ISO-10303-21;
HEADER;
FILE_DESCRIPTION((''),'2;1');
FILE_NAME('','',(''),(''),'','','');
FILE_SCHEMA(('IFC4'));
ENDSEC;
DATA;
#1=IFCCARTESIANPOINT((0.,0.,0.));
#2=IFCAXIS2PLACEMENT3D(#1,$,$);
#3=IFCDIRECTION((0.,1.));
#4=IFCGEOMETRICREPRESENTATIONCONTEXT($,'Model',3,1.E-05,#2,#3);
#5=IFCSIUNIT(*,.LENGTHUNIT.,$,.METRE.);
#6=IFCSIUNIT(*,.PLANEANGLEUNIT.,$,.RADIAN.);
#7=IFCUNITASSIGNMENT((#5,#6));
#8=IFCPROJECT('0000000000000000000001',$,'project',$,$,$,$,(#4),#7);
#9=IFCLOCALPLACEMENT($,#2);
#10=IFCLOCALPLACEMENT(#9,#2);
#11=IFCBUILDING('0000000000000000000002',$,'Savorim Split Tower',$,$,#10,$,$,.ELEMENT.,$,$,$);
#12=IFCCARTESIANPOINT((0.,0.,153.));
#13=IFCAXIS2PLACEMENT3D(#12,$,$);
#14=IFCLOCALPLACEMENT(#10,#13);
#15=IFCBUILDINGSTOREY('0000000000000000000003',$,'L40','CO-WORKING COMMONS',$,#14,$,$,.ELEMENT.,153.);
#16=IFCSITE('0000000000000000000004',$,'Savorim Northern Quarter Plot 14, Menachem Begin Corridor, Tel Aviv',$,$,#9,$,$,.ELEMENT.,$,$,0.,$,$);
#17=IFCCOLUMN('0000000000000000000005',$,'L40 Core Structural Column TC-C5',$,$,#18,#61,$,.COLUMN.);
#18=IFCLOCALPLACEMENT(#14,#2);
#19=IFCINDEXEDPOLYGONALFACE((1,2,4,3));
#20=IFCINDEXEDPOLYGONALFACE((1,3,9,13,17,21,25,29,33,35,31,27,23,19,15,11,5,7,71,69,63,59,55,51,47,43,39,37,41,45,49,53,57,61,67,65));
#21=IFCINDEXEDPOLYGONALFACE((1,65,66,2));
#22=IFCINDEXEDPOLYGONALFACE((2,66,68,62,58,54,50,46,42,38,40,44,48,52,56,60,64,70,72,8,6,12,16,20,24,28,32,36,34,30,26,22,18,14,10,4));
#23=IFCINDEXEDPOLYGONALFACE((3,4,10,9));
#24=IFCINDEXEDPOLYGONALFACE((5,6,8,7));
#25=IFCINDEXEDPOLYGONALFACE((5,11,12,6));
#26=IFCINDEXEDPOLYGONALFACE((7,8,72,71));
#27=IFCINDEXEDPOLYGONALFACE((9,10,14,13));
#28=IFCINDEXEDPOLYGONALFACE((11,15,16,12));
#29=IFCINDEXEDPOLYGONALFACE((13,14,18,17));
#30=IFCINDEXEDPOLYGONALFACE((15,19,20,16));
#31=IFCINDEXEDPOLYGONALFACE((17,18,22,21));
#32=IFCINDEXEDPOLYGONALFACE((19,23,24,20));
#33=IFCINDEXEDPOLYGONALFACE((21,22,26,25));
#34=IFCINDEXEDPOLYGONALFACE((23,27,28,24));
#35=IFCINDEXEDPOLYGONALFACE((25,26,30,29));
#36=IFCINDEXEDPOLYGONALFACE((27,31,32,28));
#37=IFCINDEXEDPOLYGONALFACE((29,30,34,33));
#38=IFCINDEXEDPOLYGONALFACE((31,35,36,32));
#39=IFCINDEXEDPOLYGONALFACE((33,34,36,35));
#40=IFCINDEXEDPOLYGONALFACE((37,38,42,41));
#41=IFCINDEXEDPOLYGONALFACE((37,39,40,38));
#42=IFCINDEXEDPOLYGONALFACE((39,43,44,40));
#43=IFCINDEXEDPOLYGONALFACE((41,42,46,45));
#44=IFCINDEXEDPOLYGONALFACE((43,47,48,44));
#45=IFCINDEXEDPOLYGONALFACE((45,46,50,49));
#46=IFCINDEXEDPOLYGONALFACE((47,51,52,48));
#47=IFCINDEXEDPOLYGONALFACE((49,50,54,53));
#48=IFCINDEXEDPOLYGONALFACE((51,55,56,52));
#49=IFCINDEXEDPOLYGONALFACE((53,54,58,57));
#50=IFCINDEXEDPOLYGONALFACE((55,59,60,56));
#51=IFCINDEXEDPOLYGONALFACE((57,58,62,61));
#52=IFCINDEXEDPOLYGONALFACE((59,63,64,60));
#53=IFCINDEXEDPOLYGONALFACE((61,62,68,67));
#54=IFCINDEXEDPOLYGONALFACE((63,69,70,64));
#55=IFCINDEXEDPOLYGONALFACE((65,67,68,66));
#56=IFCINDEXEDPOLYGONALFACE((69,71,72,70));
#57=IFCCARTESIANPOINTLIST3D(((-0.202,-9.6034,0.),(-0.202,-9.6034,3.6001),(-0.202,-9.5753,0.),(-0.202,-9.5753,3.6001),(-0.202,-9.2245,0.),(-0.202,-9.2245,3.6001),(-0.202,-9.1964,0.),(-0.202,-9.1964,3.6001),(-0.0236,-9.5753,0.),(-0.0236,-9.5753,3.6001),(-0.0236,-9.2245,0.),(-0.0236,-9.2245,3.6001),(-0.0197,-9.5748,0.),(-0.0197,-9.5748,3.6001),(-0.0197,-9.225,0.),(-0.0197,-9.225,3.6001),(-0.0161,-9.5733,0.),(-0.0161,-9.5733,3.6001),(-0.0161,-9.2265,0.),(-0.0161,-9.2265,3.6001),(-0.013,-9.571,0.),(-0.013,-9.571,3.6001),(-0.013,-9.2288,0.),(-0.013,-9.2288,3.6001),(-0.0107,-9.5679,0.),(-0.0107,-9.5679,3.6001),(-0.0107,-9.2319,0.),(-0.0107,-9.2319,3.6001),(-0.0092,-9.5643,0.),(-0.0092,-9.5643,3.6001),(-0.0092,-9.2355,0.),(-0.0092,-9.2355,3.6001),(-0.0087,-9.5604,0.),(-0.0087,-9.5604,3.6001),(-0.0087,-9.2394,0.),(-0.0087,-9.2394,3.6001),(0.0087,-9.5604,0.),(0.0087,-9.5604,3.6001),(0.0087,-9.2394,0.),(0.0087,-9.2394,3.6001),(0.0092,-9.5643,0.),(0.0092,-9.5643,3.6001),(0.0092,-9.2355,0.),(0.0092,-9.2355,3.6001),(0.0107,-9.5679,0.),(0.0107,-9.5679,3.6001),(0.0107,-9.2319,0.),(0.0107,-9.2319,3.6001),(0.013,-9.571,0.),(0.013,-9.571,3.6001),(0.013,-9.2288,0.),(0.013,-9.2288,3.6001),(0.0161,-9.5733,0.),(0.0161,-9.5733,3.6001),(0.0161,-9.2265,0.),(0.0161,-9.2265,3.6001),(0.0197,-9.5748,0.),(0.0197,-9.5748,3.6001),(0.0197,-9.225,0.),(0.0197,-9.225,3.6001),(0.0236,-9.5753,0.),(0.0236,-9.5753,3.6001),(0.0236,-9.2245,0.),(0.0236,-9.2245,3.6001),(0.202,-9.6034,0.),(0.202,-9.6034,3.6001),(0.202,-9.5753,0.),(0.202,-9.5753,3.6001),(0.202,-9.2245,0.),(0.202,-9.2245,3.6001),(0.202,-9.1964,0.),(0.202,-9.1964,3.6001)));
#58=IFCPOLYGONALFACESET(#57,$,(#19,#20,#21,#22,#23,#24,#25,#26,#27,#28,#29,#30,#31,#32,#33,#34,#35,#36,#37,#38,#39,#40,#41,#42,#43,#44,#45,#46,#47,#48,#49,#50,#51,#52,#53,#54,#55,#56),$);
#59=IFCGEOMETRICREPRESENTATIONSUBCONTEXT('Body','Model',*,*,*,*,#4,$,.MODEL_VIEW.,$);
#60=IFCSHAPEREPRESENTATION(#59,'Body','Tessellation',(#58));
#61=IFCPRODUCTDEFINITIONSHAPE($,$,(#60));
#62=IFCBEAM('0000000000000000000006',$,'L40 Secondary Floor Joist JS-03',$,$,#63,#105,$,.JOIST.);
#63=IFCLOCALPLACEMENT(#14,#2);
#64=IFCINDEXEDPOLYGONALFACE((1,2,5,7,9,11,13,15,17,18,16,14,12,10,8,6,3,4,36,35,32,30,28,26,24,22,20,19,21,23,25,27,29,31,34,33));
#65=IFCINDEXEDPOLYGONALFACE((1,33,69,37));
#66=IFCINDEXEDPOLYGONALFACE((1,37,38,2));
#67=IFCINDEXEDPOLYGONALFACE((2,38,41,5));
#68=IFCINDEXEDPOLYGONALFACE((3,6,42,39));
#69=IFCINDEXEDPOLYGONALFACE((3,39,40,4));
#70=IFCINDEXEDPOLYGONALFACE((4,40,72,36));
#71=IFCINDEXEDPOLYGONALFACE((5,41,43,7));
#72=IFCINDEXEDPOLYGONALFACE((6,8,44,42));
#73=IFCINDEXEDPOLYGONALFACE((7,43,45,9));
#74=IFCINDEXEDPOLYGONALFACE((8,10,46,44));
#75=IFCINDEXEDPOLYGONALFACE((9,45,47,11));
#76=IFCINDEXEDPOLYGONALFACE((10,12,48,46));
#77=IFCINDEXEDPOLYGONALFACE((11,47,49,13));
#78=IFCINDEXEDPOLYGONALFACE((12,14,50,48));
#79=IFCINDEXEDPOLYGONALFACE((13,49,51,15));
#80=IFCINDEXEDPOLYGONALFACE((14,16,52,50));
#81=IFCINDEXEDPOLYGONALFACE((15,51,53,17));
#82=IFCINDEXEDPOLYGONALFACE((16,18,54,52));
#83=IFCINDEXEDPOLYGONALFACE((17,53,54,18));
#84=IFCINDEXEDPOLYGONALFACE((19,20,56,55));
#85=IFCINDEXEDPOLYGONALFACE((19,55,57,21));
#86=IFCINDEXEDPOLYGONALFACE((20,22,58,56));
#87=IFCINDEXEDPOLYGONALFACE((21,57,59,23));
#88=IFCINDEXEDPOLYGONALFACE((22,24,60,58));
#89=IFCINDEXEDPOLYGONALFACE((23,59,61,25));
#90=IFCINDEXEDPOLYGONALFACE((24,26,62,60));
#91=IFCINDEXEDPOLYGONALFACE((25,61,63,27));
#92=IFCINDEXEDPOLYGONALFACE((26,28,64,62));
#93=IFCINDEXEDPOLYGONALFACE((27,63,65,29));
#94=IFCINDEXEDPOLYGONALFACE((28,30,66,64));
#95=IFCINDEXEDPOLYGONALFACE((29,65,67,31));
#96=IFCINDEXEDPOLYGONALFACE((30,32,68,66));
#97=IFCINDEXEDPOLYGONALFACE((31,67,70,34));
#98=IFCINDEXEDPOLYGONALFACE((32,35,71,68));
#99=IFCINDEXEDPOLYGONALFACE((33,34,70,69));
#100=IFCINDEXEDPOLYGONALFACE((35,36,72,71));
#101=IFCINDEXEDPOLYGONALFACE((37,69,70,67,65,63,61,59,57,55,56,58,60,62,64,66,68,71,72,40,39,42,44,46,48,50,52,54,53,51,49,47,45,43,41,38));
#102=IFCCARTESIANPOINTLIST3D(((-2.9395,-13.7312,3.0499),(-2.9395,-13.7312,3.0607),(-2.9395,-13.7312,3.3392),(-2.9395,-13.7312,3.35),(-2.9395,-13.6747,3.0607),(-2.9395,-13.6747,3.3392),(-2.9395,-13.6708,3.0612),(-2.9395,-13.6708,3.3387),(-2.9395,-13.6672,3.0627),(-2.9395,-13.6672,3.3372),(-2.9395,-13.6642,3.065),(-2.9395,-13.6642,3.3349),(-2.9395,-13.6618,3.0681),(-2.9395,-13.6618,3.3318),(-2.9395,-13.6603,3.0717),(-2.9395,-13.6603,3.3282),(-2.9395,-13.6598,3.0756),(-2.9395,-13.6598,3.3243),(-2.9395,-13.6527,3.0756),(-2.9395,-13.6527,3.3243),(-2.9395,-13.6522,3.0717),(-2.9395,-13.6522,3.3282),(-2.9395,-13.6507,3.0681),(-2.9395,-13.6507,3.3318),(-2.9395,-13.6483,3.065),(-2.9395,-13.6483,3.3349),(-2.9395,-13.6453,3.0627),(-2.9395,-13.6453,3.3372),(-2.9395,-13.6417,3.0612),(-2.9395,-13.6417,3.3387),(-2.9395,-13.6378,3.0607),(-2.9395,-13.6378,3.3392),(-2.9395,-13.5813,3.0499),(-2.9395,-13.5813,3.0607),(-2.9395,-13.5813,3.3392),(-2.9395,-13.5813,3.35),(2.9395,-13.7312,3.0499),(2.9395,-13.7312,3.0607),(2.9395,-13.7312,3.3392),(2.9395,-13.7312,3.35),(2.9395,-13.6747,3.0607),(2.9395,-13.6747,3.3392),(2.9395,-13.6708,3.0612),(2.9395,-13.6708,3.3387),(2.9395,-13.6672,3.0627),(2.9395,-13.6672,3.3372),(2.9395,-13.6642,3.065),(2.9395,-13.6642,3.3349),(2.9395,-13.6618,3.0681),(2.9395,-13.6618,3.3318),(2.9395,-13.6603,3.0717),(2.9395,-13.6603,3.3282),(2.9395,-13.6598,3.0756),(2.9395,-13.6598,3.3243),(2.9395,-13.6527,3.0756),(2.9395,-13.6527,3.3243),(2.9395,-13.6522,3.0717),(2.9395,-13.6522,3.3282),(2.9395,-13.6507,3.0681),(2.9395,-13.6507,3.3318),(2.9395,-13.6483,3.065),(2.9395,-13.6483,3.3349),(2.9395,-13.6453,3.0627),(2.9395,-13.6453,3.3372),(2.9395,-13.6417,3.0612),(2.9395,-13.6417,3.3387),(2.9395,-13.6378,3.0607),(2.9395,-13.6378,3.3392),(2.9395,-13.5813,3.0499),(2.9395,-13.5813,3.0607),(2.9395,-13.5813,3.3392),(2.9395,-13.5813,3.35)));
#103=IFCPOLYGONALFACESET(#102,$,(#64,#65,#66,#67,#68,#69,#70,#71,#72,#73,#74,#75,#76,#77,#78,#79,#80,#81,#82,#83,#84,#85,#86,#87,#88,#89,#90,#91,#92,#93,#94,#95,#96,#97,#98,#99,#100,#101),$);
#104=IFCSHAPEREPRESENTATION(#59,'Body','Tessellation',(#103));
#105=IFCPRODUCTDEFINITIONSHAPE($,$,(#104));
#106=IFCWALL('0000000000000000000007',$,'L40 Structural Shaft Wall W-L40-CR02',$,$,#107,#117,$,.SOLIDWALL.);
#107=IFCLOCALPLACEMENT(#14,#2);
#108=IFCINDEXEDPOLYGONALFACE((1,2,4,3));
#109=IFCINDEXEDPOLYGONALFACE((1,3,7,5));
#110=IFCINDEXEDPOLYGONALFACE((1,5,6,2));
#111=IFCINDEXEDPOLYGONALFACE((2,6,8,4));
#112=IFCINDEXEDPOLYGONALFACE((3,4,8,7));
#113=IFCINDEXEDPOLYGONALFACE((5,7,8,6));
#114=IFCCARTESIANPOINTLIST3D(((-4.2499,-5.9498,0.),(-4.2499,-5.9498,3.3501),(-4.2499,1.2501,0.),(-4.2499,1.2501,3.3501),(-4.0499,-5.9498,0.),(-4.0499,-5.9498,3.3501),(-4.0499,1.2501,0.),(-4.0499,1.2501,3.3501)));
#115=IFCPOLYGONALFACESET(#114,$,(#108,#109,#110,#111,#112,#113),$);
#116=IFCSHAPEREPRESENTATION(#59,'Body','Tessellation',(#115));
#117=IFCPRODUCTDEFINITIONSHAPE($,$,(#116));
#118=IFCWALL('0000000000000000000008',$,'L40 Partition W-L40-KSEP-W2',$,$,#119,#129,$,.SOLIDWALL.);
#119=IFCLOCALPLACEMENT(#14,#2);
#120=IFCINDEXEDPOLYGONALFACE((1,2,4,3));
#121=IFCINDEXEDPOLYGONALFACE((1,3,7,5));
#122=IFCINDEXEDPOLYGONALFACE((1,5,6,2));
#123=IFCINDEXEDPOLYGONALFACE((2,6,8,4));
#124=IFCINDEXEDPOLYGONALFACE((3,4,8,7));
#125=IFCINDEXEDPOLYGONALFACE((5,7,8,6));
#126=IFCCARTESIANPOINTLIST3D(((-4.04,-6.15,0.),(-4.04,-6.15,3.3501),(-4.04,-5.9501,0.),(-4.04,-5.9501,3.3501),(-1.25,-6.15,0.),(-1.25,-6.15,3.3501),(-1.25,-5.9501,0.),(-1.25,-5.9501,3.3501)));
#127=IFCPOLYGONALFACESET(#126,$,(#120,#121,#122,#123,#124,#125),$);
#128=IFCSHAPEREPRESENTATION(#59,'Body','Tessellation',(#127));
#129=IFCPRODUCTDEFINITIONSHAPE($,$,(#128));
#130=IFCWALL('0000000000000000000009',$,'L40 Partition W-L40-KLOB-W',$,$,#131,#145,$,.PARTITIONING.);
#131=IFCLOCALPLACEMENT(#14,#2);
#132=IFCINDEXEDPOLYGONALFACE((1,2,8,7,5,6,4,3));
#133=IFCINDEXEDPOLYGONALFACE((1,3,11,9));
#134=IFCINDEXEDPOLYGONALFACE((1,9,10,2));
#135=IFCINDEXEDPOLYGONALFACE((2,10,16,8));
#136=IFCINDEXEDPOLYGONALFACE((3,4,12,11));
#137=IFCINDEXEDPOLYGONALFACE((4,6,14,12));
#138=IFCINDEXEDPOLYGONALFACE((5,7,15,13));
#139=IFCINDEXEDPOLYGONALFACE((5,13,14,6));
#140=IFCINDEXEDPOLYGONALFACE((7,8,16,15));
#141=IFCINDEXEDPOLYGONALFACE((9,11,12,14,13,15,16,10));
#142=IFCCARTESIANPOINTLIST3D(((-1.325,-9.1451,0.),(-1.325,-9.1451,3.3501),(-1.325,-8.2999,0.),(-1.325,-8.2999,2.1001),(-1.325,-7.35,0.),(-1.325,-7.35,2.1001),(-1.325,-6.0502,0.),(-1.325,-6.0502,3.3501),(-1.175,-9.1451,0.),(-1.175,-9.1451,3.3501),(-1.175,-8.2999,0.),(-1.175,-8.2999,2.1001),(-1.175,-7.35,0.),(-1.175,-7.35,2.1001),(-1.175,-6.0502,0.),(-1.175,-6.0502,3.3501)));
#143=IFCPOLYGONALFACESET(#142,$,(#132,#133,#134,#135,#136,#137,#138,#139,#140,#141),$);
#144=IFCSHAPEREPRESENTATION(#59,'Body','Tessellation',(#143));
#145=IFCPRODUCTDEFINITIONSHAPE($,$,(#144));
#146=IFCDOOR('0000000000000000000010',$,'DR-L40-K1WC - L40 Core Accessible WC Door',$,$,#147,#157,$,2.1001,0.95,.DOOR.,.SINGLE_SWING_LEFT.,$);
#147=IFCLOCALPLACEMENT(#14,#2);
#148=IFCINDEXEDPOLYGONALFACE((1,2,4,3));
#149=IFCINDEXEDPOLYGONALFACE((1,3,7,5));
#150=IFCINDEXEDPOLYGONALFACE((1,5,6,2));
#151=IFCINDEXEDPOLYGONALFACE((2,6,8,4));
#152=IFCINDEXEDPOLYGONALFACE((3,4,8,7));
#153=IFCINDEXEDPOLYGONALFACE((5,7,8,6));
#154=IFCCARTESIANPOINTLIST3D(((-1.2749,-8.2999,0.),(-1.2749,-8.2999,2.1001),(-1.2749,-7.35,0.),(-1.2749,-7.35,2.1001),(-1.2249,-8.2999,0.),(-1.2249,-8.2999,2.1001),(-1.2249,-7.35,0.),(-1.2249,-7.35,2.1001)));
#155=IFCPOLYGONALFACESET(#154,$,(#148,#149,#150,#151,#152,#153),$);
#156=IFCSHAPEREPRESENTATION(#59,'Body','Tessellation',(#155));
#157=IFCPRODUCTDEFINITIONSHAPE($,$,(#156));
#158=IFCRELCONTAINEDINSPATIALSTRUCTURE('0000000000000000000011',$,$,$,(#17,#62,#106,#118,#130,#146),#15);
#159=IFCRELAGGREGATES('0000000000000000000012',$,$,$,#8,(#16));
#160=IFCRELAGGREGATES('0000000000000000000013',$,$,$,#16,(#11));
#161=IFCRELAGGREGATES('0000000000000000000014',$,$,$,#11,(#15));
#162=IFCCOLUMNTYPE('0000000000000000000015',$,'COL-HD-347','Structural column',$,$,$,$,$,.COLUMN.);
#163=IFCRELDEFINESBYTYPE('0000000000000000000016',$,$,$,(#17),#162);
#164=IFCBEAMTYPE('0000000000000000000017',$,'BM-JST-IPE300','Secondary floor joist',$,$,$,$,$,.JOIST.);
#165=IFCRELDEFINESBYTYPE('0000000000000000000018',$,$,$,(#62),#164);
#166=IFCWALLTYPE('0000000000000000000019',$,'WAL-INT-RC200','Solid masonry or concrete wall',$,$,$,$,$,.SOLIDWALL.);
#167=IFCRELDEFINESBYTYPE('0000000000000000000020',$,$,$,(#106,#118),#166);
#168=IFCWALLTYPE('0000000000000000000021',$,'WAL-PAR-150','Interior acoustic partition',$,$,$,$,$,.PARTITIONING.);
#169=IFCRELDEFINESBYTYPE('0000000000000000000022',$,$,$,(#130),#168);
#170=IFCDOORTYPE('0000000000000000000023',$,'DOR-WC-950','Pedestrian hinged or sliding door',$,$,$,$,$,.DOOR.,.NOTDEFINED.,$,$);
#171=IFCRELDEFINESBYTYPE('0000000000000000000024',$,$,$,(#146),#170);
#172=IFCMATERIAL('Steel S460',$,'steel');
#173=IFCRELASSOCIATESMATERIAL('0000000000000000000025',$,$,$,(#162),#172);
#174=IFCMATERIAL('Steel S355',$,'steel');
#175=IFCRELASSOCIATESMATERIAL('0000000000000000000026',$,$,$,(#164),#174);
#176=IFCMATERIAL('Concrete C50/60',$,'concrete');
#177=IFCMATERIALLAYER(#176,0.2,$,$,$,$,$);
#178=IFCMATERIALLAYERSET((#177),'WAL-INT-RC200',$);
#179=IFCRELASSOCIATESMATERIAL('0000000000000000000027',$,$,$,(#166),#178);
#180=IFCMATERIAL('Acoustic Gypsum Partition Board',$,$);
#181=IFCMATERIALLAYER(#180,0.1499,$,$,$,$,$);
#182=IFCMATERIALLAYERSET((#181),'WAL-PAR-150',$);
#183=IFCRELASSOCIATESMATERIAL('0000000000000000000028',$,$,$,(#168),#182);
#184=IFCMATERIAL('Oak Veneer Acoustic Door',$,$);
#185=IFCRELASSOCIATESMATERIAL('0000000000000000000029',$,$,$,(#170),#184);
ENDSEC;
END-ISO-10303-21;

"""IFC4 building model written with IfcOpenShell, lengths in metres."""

from ifc_helpers import new_model, si_unit, direction, frame, frame_2d, origin, origin_2d, place, context, subcontext, project, spatial, rectangle, i_section, extrude, material, layer, layer_set, material_profile, profile_set, type_object, element, fill, save


model = new_model("IFC4")

# Units and contexts
model_context = context("Model", 3, precision=1e-05, world=origin(), true_north=direction((0.0, 1.0)))
body_context = subcontext(model_context, "Body", "Model", "MODEL_VIEW")
ifc_project = project(units=[si_unit("LENGTHUNIT", "METRE"), si_unit("PLANEANGLEUNIT", "RADIAN")], contexts=[model_context])

# Site, building, storey
site_placement = place(None, origin())
site = spatial("IfcSite", under=ifc_project, at=site_placement, Name="Savorim Northern Quarter Plot 14, Menachem Begin Corridor, Tel Aviv", CompositionType="ELEMENT", RefElevation=0.0)
building_placement = place(site_placement, origin())
building = spatial("IfcBuilding", under=site, at=building_placement, Name="Savorim Split Tower", CompositionType="ELEMENT")
storey_placement = place(building_placement, frame((0.0, 0.0, 153.0)))
storey = spatial("IfcBuildingStorey", under=building, at=storey_placement, Name="L40", Description="CO-WORKING COMMONS", CompositionType="ELEMENT", Elevation=153.0)

# Column
ifc_material_1 = material(Name="Steel S460", Category="steel")
ifc_material_profile_1 = material_profile(ifc_material_1, i_section(OverallWidth=0.4041, OverallDepth=0.407, WebThickness=0.0173, FlangeThickness=0.0281, FilletRadius=0.0149, at=origin_2d()), Name="HD 400x347")
ifc_profile_set_1 = profile_set([ifc_material_profile_1], Name="Steel S460")
column_type = type_object("IfcColumnType", Name="COL-HD-347", Description="Structural column", PredefinedType="COLUMN", material=ifc_profile_set_1)
column_placement = place(storey_placement, frame((0.0, -9.3999, 0.0), z_axis=(0.0, 0.0, 1.0), x_axis=(1.0, 0.0, 0.0)))
element("IfcColumn", 1, at=column_placement, inside=storey, type_object=column_type, Name="L40 Core Structural Column TC-C5", PredefinedType="COLUMN", context=body_context, shape_type="SweptSolid", body=[
    extrude(i_section(OverallWidth=0.4041, OverallDepth=0.407, WebThickness=0.0173, FlangeThickness=0.0281, FilletRadius=0.0149, at=origin_2d()), origin(), (0.0, 0.0, 1.0), 3.6001),
])

# Beam
ifc_material_2 = material(Name="Steel S355", Category="steel")
ifc_material_profile_2 = material_profile(ifc_material_2, i_section(OverallWidth=0.1499, OverallDepth=0.3, WebThickness=0.0071, FlangeThickness=0.0107, FilletRadius=0.0149, at=origin_2d()), Name="IPE 300")
ifc_profile_set_2 = profile_set([ifc_material_profile_2], Name="Steel S355")
beam_type = type_object("IfcBeamType", Name="BM-JST-IPE300", Description="Secondary floor joist", PredefinedType="JOIST", material=ifc_profile_set_2)
beam_placement = place(storey_placement, frame((-2.9395, -13.6562, 3.2), z_axis=(1.0, 0.0, 0.0), x_axis=(0.0, 1.0, 0.0)))
element("IfcBeam", 2, at=beam_placement, inside=storey, type_object=beam_type, Name="L40 Secondary Floor Joist JS-03", PredefinedType="JOIST", context=body_context, shape_type="SweptSolid", body=[
    extrude(i_section(OverallWidth=0.1499, OverallDepth=0.3, WebThickness=0.0071, FlangeThickness=0.0107, FilletRadius=0.0149, at=origin_2d()), origin(), (0.0, 0.0, 1.0), 5.8789),
])

# Wall
ifc_material_3 = material(Name="Concrete C50/60", Category="concrete")
ifc_layer_1 = layer(ifc_material_3, 0.2)
ifc_layer_set_1 = layer_set([ifc_layer_1], Name="WAL-INT-RC200")
wall_type_1 = type_object("IfcWallType", Name="WAL-INT-RC200", Description="Solid masonry or concrete wall", PredefinedType="SOLIDWALL", material=ifc_layer_set_1)
wall_1_placement = place(storey_placement, frame((-4.1499, -5.95, 0.0), z_axis=(0.0, 0.0, 1.0), x_axis=(0.0, 1.0, 0.0)))
element("IfcWall", 3, at=wall_1_placement, inside=storey, type_object=wall_type_1, Name="L40 Structural Shaft Wall W-L40-CR02", PredefinedType="SOLIDWALL", context=body_context, shape_type="SweptSolid", body=[
    extrude(rectangle(XDim=7.2, YDim=0.2, at=frame_2d((3.6001, 0.0))), origin(), (0.0, 0.0, 1.0), 3.3501),
])

# Wall
wall_2_placement = place(storey_placement, frame((-4.04, -6.05, 0.0), z_axis=(0.0, 0.0, 1.0), x_axis=(1.0, 0.0, 0.0)))
element("IfcWall", 4, at=wall_2_placement, inside=storey, type_object=wall_type_1, Name="L40 Partition W-L40-KSEP-W2", PredefinedType="SOLIDWALL", context=body_context, shape_type="SweptSolid", body=[
    extrude(rectangle(XDim=2.79, YDim=0.2, at=frame_2d((1.395, 0.0))), origin(), (0.0, 0.0, 1.0), 3.3501),
])

# Wall, opening, door
ifc_material_4 = material(Name="Acoustic Gypsum Partition Board")
ifc_layer_2 = layer(ifc_material_4, 0.1499)
ifc_layer_set_2 = layer_set([ifc_layer_2], Name="WAL-PAR-150")
wall_type_2 = type_object("IfcWallType", Name="WAL-PAR-150", Description="Interior acoustic partition", PredefinedType="PARTITIONING", material=ifc_layer_set_2)
wall_3_placement = place(storey_placement, frame((-1.25, -9.145, 0.0), z_axis=(0.0, 0.0, 1.0), x_axis=(0.0, 1.0, 0.0)))
wall_3 = element("IfcWall", 5, at=wall_3_placement, inside=storey, type_object=wall_type_2, Name="L40 Partition W-L40-KLOB-W", PredefinedType="PARTITIONING", context=body_context, shape_type="SweptSolid", body=[
    extrude(rectangle(XDim=3.095, YDim=0.1499, at=frame_2d((1.5474, 0.0))), origin(), (0.0, 0.0, 1.0), 3.3501),
])
opening_1_placement = place(wall_3_placement, frame((0.845, 0.0, 0.0)))
opening_1 = element("IfcOpeningElement", 6, at=opening_1_placement, cuts=wall_3, PredefinedType="OPENING", context=body_context, shape_type="SweptSolid", body=[
    extrude(rectangle(XDim=0.95, YDim=2.1001, at=frame_2d((0.4751, 1.05))), frame((0.0, 0.085, 0.0), z_axis=(0.0, -1.0, 0.0), x_axis=(1.0, 0.0, 0.0)), (0.0, 0.0, 1.0), 0.1699),
])
ifc_material_5 = material(Name="Oak Veneer Acoustic Door")
door_type_1 = type_object("IfcDoorType", Name="DOR-WC-950", Description="Pedestrian hinged or sliding door", OperationType="NOTDEFINED", PredefinedType="DOOR", material=ifc_material_5)
door_1_placement = place(opening_1_placement, origin())
door_1 = element("IfcDoor", 7, at=door_1_placement, inside=storey, type_object=door_type_1, Name="DR-L40-K1WC - L40 Core Accessible WC Door", OperationType="SINGLE_SWING_LEFT", OverallHeight=2.1001, OverallWidth=0.95, PredefinedType="DOOR", context=body_context, shape_type="SweptSolid", body=[
    extrude(rectangle(XDim=0.95, YDim=2.1001, at=frame_2d((0.4751, 1.05))), frame((0.0, 0.0249, 0.0), z_axis=(0.0, -1.0, 0.0), x_axis=(1.0, 0.0, 0.0)), (0.0, 0.0, 1.0), 0.05),
])
fill(opening_1, door_1)

save(model, "model.ifc")
